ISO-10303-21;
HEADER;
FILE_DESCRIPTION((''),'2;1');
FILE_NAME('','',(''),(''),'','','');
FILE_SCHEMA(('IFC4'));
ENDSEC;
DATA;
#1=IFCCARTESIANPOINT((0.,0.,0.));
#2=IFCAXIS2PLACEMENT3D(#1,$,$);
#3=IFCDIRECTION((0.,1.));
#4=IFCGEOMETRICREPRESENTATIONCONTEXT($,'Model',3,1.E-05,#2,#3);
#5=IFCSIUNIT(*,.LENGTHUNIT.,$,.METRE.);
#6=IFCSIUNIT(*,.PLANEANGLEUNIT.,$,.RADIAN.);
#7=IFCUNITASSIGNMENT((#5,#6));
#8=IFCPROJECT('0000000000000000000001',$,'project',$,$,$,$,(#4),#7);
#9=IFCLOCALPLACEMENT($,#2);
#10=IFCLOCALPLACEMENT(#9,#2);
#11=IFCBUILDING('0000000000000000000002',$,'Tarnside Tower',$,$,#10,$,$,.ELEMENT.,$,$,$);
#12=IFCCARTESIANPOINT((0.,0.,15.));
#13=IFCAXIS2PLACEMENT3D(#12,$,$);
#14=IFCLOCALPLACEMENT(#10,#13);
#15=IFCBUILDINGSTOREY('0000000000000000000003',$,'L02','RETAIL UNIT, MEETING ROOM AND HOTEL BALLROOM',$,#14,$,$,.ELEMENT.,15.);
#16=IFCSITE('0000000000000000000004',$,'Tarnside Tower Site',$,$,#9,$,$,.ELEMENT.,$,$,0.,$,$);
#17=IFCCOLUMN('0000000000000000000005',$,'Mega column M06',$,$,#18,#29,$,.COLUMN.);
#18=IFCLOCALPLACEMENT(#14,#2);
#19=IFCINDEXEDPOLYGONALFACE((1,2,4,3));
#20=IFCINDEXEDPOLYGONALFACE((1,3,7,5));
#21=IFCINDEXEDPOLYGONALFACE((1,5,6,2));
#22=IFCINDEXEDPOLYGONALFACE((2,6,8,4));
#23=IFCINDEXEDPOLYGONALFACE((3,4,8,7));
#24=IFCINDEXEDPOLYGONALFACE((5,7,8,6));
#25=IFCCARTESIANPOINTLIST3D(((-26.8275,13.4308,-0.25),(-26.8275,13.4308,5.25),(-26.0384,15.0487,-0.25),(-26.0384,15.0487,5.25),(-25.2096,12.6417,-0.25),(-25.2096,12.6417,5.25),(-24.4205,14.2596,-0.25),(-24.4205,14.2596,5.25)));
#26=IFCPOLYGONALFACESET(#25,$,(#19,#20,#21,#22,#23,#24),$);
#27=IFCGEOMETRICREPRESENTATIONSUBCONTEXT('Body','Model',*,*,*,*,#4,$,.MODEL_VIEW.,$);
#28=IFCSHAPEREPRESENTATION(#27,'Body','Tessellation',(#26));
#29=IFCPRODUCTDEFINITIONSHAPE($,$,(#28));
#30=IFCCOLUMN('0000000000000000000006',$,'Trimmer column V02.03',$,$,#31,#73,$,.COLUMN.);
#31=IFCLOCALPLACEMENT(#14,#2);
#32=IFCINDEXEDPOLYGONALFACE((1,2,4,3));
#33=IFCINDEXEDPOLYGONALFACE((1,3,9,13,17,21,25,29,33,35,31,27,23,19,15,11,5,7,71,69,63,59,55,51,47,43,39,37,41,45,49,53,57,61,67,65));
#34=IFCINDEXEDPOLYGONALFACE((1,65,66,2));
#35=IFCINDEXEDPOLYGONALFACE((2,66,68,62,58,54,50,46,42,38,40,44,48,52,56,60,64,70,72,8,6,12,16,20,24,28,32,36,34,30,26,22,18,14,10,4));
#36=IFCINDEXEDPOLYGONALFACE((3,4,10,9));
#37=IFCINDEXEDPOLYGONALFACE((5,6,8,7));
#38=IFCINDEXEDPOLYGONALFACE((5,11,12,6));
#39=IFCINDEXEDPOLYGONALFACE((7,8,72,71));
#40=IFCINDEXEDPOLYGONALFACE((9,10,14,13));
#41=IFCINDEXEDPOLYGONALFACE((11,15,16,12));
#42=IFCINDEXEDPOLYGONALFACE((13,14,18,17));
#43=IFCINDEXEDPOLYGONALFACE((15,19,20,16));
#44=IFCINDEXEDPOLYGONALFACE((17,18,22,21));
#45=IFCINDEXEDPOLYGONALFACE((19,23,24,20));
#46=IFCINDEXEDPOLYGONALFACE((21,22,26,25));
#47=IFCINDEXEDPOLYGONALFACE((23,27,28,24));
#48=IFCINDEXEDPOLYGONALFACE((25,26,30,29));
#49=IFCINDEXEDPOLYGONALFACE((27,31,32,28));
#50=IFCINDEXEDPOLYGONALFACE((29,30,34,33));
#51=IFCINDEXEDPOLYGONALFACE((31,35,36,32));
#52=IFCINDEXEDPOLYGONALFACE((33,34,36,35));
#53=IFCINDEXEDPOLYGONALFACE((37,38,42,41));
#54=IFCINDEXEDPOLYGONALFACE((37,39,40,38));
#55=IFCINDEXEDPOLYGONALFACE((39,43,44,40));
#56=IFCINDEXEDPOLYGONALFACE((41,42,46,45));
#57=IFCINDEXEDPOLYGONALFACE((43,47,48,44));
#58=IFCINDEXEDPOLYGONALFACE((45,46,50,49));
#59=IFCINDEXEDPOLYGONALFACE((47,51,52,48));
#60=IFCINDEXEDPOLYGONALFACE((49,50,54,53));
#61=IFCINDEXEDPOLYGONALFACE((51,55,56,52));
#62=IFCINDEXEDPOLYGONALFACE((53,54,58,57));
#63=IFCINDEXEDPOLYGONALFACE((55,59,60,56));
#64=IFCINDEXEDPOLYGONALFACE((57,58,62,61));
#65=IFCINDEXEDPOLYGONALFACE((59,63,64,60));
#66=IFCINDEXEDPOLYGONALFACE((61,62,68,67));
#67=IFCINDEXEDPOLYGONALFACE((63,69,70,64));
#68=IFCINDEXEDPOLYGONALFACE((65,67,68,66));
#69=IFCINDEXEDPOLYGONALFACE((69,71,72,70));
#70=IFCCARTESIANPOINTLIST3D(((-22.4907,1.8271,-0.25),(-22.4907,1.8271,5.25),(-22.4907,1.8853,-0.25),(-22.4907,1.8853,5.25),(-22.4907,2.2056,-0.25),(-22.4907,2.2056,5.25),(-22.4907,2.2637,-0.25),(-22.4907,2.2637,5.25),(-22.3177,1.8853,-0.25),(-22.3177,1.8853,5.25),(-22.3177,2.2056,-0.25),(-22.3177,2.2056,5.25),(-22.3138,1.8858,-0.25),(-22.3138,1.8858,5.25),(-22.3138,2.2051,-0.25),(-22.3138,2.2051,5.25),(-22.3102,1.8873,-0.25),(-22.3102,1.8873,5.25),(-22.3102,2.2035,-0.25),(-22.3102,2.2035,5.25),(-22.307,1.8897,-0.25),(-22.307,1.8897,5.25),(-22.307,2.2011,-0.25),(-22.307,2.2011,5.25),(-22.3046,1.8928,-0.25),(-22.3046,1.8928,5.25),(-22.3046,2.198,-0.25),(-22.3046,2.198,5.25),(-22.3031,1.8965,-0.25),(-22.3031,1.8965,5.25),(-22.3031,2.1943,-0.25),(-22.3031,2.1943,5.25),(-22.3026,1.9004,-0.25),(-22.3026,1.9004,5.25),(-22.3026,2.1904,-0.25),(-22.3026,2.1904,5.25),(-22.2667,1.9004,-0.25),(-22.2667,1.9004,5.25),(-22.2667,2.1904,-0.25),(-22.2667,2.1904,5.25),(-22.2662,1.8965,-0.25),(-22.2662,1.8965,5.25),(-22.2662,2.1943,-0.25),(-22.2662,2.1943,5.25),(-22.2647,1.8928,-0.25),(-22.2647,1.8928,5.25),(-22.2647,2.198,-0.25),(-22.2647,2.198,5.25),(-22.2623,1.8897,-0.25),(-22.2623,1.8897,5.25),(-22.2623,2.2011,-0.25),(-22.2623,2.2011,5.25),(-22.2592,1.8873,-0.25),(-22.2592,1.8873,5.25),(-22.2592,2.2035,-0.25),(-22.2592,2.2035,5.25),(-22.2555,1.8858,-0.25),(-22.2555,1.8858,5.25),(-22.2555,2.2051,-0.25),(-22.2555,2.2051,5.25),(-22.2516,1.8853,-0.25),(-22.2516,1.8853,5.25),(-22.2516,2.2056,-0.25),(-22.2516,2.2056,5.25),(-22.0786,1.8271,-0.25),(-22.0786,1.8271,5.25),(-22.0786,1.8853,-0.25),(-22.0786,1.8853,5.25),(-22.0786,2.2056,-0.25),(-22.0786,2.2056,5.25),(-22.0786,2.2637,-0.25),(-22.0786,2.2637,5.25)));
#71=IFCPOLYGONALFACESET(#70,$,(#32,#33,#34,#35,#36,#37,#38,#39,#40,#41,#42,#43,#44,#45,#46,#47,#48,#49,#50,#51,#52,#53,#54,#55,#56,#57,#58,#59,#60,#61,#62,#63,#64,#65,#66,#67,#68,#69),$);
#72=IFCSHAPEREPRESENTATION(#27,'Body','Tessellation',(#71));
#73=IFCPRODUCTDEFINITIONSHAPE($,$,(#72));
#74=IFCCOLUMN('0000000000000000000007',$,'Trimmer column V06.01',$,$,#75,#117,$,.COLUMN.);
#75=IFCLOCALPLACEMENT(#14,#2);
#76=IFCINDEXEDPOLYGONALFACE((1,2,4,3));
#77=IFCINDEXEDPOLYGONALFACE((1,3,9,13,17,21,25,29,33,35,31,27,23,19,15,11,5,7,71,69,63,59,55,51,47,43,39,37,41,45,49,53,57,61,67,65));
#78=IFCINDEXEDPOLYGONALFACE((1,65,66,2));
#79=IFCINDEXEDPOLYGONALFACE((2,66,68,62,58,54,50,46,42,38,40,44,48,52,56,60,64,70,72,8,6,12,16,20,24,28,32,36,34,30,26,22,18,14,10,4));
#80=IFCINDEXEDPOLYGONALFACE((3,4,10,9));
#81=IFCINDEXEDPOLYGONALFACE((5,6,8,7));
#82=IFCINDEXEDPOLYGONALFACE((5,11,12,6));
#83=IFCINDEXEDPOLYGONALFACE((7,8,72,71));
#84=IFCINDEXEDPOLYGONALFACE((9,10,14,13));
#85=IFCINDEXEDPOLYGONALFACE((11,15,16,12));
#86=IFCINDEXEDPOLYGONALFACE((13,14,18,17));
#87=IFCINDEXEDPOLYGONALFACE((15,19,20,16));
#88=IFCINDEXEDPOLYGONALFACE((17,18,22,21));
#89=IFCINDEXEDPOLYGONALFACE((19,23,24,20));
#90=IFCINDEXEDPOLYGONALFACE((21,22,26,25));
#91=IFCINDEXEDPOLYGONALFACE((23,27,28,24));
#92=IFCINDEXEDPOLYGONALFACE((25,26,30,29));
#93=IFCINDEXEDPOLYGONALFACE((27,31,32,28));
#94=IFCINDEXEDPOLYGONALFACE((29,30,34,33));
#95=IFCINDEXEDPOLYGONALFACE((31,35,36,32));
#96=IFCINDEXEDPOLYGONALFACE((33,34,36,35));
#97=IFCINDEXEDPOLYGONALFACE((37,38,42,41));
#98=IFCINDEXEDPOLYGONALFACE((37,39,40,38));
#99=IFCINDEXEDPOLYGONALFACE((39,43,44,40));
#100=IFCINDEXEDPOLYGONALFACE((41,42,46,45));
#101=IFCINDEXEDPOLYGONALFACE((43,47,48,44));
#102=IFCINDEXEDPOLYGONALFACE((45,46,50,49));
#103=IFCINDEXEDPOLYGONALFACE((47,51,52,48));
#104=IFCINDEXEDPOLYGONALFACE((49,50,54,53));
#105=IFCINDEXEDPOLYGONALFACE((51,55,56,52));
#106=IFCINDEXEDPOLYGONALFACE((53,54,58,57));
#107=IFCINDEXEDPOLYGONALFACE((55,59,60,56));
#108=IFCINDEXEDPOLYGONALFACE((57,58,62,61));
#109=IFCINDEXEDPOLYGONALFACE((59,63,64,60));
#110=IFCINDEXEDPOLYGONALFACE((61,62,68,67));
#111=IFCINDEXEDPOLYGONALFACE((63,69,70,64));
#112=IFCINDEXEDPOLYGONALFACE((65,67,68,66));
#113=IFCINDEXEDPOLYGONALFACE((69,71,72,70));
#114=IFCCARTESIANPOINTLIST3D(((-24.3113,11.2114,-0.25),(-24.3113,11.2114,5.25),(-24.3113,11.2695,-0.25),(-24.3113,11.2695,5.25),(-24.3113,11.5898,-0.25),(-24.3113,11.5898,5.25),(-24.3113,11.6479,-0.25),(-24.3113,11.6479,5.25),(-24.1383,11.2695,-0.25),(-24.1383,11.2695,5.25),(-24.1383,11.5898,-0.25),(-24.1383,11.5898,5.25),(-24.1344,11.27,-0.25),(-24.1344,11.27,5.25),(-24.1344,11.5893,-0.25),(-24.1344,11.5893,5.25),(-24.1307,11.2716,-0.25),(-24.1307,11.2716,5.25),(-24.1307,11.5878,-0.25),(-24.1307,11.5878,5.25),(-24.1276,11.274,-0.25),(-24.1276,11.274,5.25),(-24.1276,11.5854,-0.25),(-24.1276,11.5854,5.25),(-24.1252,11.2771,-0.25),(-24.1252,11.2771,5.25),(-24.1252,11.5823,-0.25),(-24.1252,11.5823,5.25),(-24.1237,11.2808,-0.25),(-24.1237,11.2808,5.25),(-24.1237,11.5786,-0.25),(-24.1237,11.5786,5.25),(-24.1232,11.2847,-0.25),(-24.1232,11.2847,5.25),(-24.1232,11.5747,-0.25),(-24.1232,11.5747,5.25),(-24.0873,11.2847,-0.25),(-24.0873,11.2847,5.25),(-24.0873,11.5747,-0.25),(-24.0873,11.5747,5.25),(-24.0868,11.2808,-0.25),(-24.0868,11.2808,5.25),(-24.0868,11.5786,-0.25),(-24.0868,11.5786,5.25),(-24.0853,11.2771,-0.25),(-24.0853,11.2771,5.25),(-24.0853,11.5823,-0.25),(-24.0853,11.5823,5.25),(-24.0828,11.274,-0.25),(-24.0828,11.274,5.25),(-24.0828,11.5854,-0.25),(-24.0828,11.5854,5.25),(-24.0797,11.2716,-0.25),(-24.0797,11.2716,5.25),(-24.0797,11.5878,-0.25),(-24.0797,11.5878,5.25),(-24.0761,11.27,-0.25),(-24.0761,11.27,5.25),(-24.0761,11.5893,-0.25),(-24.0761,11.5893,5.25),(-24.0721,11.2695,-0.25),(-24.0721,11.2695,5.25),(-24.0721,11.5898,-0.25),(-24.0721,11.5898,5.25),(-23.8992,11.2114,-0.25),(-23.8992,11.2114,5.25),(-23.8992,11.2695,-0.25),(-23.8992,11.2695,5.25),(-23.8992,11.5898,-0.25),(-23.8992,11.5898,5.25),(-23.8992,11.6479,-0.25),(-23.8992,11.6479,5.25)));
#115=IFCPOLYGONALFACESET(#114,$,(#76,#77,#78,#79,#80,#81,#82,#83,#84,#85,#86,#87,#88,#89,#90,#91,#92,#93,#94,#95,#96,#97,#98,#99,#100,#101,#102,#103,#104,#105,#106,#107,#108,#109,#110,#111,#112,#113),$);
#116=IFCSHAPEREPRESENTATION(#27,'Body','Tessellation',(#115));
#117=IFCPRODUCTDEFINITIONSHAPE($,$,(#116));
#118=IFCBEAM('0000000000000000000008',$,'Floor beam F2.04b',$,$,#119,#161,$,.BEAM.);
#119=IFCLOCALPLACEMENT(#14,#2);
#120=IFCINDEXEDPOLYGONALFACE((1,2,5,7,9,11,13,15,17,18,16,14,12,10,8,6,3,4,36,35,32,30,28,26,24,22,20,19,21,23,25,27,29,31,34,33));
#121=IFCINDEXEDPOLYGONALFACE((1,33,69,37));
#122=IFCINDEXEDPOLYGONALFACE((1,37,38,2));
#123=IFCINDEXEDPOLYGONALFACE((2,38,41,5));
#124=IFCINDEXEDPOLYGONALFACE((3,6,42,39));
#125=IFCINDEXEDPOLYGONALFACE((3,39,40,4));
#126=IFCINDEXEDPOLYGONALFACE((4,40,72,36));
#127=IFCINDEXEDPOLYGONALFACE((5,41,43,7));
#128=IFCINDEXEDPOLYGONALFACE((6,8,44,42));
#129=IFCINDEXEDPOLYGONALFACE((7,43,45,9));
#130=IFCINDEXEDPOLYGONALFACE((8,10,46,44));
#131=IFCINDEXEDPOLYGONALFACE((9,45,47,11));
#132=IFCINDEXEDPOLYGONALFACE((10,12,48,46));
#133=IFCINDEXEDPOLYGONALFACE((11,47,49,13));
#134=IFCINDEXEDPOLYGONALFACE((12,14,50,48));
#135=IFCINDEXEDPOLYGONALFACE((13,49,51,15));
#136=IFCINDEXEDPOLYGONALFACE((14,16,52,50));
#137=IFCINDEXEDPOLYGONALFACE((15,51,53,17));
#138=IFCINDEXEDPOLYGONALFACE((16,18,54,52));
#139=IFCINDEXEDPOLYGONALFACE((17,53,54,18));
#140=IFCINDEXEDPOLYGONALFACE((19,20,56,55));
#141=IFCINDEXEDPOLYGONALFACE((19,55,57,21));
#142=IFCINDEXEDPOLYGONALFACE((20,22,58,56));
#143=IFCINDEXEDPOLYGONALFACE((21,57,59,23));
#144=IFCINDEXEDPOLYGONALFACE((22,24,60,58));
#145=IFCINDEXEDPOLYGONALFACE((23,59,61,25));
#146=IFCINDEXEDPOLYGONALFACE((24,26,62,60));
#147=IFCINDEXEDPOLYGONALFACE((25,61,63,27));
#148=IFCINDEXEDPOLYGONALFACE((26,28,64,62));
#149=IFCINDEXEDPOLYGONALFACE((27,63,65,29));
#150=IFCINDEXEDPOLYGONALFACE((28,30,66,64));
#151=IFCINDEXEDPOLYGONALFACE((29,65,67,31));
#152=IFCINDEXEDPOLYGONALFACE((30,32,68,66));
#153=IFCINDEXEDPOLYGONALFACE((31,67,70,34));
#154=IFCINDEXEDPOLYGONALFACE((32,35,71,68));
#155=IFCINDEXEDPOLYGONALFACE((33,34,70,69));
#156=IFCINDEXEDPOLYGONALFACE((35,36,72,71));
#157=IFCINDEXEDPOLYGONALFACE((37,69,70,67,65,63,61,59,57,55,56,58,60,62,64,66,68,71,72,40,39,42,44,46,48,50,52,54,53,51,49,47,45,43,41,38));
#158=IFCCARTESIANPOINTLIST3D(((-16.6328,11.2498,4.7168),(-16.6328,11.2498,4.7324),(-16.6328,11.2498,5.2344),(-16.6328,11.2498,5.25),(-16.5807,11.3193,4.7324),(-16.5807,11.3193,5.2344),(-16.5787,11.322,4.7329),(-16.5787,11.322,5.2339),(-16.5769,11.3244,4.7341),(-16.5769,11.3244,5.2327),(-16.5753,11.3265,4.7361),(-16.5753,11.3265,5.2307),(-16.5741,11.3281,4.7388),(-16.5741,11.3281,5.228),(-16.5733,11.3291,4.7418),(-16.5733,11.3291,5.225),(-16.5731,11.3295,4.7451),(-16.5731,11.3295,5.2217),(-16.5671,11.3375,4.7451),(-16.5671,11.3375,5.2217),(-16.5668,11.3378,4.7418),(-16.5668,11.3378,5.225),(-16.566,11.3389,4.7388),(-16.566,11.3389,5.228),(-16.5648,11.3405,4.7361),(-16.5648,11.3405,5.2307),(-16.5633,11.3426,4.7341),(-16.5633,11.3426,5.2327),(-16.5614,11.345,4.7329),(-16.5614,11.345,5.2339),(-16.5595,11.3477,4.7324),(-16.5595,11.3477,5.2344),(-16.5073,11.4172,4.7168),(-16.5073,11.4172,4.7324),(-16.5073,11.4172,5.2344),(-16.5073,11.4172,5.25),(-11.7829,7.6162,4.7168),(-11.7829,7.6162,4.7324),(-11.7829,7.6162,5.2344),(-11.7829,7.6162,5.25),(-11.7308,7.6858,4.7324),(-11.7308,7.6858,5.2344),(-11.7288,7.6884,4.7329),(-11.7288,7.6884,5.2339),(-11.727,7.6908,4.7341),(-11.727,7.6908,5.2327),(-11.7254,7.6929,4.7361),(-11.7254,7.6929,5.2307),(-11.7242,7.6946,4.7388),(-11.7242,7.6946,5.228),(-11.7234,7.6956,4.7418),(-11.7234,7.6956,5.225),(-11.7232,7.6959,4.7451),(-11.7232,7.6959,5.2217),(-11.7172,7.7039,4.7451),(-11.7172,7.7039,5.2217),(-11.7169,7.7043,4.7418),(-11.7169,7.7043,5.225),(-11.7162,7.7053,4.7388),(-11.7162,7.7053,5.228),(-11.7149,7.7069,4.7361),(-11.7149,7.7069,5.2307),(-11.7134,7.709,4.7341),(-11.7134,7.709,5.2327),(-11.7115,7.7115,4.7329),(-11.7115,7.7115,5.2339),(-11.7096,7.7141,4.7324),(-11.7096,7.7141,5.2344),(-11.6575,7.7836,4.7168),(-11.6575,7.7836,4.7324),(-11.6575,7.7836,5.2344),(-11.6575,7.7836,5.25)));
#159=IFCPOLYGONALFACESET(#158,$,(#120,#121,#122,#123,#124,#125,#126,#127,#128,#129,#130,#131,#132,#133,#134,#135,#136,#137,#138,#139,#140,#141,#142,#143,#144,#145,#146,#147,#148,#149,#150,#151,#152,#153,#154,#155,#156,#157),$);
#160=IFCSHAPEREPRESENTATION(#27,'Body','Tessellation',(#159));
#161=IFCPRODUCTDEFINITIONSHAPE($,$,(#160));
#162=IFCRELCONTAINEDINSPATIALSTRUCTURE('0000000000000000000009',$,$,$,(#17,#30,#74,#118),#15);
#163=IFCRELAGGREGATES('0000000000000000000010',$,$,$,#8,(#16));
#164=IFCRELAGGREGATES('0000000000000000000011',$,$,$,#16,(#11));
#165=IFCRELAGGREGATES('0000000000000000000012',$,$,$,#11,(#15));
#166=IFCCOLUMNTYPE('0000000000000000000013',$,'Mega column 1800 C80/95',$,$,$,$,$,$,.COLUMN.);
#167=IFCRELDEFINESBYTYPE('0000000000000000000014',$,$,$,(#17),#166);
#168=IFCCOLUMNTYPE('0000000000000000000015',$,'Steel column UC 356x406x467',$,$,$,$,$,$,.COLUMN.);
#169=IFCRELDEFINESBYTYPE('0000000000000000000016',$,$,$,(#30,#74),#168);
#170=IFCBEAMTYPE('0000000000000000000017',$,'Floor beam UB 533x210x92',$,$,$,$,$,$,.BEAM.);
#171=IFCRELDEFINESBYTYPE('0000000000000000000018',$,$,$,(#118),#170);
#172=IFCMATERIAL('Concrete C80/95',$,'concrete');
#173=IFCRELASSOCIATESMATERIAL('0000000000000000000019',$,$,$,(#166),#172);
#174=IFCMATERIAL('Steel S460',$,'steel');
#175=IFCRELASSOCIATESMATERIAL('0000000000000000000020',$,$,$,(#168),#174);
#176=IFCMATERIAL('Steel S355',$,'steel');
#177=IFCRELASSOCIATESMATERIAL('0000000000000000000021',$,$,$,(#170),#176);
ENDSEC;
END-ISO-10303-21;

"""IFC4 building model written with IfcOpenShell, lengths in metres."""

from ifc_helpers import new_model, si_unit, direction, frame, origin, origin_2d, place, context, subcontext, project, spatial, rectangle, i_section, extrude, material, material_profile, profile_set, type_object, element, save


model = new_model("IFC4")

# Units and contexts
model_context = context("Model", 3, precision=1e-05, world=origin(), true_north=direction((0.0, 1.0)))
body_context = subcontext(model_context, "Body", "Model", "MODEL_VIEW")
ifc_project = project(units=[si_unit("LENGTHUNIT", "METRE"), si_unit("PLANEANGLEUNIT", "RADIAN")], contexts=[model_context])

# Site, building, storey
site_placement = place(None, origin())
site = spatial("IfcSite", under=ifc_project, at=site_placement, Name="Tarnside Tower Site", CompositionType="ELEMENT", RefElevation=0.0)
building_placement = place(site_placement, origin())
building = spatial("IfcBuilding", under=site, at=building_placement, Name="Tarnside Tower", CompositionType="ELEMENT")
storey_placement = place(building_placement, frame((0.0, 0.0, 15.0)))
storey = spatial("IfcBuildingStorey", under=building, at=storey_placement, Name="L02", Description="RETAIL UNIT, MEETING ROOM AND HOTEL BALLROOM", CompositionType="ELEMENT", Elevation=15.0)

# Columns
ifc_material_1 = material(Name="Concrete C80/95", Category="concrete")
ifc_material_profile_1 = material_profile(ifc_material_1, rectangle(XDim=1.8, YDim=1.8, at=origin_2d()), Name="Mega column 1800x1800")
ifc_profile_set_1 = profile_set([ifc_material_profile_1], Name="Concrete C80/95")
column_type_1 = type_object("IfcColumnType", Name="Mega column 1800 C80/95", PredefinedType="COLUMN", material=ifc_profile_set_1)
column_placement = place(storey_placement, frame((-25.624, 13.8452, -0.25), z_axis=(0.0, 0.0, 1.0), x_axis=(0.438371, 0.898794, 0.0)))
element("IfcColumn", 1, at=column_placement, inside=storey, type_object=column_type_1, Name="Mega column M06", PredefinedType="COLUMN", context=body_context, shape_type="SweptSolid", body=[
    extrude(rectangle(XDim=1.8, YDim=1.8, at=origin_2d()), origin(), (0.0, 0.0, 1.0), 5.5),
])
ifc_material_2 = material(Name="Steel S460", Category="steel")
ifc_material_profile_2 = material_profile(ifc_material_2, i_section(OverallWidth=0.4121, OverallDepth=0.4365, WebThickness=0.0359, FlangeThickness=0.0581, FilletRadius=0.0151, at=origin_2d()), Name="UC 356x406x467")
ifc_profile_set_2 = profile_set([ifc_material_profile_2], Name="Steel S460")
column_type_2 = type_object("IfcColumnType", Name="Steel column UC 356x406x467", PredefinedType="COLUMN", material=ifc_profile_set_2)
for number, where, z_axis, x_axis, name in (
    (2, (-22.2847, 2.0454, -0.25), (0.0, 0.0, 1.0), (1.0, 0.0, 0.0), "Trimmer column V02.03"),
    (3, (-24.1052, 11.4297, -0.25), (0.0, 0.0, 1.0), (1.0, 0.0, 0.0), "Trimmer column V06.01"),
):
    element("IfcColumn", number, at=place(storey_placement, frame(where, z_axis=z_axis, x_axis=x_axis)), inside=storey, type_object=column_type_2, Name=name, PredefinedType="COLUMN", context=body_context, shape_type="SweptSolid", body=[
        extrude(i_section(OverallWidth=0.4121, OverallDepth=0.4365, WebThickness=0.0359, FlangeThickness=0.0581, FilletRadius=0.0151, at=origin_2d()), origin(), (0.0, 0.0, 1.0), 5.5),
    ])

# Beam
ifc_material_3 = material(Name="Steel S355", Category="steel")
ifc_material_profile_3 = material_profile(ifc_material_3, i_section(OverallWidth=0.2092, OverallDepth=0.5332, WebThickness=0.01, FlangeThickness=0.0156, FilletRadius=0.0127, at=origin_2d()), Name="UB 533x210x92")
ifc_profile_set_3 = profile_set([ifc_material_profile_3], Name="Steel S355")
beam_type_1 = type_object("IfcBeamType", Name="Floor beam UB 533x210x92", PredefinedType="BEAM", material=ifc_profile_set_3)
beam_1_placement = place(storey_placement, frame((-16.5701, 11.3335, 4.9834), z_axis=(0.800304, -0.599594, 0.0), x_axis=(0.599594, 0.800304, 0.0)))
element("IfcBeam", 4, at=beam_1_placement, inside=storey, type_object=beam_type_1, Name="Floor beam F2.04b", PredefinedType="BEAM", context=body_context, shape_type="SweptSolid", body=[
    extrude(i_section(OverallWidth=0.2092, OverallDepth=0.5332, WebThickness=0.01, FlangeThickness=0.0156, FilletRadius=0.0127, at=origin_2d()), origin(), (0.0, 0.0, 1.0), 6.0601),
])

save(model, "model.ifc")
